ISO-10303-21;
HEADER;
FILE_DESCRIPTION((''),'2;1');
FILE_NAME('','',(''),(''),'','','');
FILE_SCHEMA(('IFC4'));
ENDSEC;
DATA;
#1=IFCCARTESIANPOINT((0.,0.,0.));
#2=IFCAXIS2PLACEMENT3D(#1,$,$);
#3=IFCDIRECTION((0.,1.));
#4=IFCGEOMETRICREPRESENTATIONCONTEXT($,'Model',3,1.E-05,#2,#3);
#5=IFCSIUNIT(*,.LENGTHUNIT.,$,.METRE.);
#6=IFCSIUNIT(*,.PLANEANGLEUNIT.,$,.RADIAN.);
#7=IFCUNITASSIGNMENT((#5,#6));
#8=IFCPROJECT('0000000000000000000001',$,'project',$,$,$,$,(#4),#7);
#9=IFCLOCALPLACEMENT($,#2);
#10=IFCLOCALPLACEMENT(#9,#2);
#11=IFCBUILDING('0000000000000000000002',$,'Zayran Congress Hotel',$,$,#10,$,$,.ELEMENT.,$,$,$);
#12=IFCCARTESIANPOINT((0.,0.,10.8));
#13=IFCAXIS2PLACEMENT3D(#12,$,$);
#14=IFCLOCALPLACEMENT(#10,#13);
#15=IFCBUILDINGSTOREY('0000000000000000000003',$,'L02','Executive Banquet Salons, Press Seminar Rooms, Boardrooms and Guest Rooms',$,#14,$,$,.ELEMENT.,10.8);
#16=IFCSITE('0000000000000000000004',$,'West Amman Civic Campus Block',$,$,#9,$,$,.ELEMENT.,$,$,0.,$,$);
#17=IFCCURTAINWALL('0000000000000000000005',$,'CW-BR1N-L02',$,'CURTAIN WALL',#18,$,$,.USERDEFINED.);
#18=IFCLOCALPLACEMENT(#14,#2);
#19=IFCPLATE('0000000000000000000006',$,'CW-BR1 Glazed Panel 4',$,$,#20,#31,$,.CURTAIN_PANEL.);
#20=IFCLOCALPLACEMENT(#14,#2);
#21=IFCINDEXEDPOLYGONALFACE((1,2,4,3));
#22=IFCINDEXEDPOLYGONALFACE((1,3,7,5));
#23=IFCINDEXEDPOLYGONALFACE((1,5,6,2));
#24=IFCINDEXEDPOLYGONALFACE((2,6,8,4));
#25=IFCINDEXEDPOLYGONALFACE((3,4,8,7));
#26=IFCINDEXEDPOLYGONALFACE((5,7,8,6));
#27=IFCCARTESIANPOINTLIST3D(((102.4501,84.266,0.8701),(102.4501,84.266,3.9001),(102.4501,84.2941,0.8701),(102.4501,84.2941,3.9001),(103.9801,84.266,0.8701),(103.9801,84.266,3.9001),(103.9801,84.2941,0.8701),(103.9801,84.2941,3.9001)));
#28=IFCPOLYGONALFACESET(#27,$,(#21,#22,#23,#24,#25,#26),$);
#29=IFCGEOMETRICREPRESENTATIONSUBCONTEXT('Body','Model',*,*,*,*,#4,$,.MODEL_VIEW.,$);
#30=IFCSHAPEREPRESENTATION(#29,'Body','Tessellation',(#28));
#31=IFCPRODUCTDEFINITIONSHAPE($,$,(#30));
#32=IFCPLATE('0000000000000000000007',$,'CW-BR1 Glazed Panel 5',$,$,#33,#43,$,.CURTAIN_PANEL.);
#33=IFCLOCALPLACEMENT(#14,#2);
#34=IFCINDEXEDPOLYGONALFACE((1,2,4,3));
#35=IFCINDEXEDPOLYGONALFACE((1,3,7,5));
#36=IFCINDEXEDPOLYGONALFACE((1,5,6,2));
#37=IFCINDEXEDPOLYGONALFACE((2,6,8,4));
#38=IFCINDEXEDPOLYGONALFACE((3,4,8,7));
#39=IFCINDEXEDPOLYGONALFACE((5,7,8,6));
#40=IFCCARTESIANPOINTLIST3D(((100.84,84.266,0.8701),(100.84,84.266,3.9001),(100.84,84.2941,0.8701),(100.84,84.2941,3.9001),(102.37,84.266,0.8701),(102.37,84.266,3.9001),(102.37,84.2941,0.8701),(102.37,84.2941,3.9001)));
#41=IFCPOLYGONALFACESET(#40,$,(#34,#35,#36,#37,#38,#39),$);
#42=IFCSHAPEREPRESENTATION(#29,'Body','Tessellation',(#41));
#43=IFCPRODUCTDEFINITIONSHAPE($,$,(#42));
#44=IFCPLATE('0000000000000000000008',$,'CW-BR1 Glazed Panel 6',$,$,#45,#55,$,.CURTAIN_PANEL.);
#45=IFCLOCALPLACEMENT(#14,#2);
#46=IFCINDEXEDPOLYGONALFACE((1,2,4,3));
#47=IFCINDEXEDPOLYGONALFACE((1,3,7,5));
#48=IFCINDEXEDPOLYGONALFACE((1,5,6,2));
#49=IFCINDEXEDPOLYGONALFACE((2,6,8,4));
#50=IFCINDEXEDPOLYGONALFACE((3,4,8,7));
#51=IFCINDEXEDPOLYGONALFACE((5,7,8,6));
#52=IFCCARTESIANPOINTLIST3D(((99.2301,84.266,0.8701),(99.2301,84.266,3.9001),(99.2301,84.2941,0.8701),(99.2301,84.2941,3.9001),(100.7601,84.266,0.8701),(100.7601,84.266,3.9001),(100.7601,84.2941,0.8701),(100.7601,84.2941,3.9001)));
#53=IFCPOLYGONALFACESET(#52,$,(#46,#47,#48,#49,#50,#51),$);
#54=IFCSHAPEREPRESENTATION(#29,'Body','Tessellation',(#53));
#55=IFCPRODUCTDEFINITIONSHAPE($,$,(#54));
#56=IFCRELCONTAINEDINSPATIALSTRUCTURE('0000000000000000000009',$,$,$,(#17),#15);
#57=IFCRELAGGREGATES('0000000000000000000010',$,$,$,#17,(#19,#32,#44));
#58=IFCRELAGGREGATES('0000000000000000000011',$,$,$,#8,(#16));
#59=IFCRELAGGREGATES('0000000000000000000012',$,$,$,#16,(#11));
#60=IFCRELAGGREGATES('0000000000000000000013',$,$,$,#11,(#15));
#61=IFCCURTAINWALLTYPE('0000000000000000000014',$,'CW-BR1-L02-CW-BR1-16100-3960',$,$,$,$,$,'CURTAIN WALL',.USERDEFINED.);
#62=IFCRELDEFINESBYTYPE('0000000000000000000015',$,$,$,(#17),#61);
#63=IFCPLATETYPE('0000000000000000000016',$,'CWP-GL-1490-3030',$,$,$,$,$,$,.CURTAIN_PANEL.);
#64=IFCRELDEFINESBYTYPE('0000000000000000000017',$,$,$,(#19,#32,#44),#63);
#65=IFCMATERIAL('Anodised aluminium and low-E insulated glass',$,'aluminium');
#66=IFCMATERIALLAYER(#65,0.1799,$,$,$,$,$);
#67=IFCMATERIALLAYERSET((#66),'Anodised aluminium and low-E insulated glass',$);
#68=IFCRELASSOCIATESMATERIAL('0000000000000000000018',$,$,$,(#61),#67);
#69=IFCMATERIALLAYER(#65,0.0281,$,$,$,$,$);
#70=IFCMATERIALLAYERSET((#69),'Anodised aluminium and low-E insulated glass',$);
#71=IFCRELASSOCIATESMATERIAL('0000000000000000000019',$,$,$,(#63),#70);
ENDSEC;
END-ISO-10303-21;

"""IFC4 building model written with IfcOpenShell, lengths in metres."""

from ifc_helpers import new_model, si_unit, direction, frame, origin, origin_2d, place, context, subcontext, project, spatial, rectangle, extrude, material, layer, layer_set, type_object, element, aggregate, save


model = new_model("IFC4")

# Units and contexts
model_context = context("Model", 3, precision=1e-05, world=origin(), true_north=direction((0.0, 1.0)))
body_context = subcontext(model_context, "Body", "Model", "MODEL_VIEW")
ifc_project = project(units=[si_unit("LENGTHUNIT", "METRE"), si_unit("PLANEANGLEUNIT", "RADIAN")], contexts=[model_context])

# Site, building, storey
site_placement = place(None, origin())
site = spatial("IfcSite", under=ifc_project, at=site_placement, Name="West Amman Civic Campus Block", CompositionType="ELEMENT", RefElevation=0.0)
building_placement = place(site_placement, origin())
building = spatial("IfcBuilding", under=site, at=building_placement, Name="Zayran Congress Hotel", CompositionType="ELEMENT")
storey_placement = place(building_placement, frame((0.0, 0.0, 10.8)))
storey = spatial("IfcBuildingStorey", under=building, at=storey_placement, Name="L02", Description="Executive Banquet Salons, Press Seminar Rooms, Boardrooms and Guest Rooms", CompositionType="ELEMENT", Elevation=10.8)

# Shared definitions
ifc_material_1 = material(Name="Anodised aluminium and low-E insulated glass", Category="aluminium")
ifc_layer_1 = layer(ifc_material_1, 0.1799)
ifc_layer_set_1 = layer_set([ifc_layer_1], Name="Anodised aluminium and low-E insulated glass")
curtain_wall_type = type_object("IfcCurtainWallType", Name="CW-BR1-L02-CW-BR1-16100-3960", ElementType="CURTAIN WALL", PredefinedType="USERDEFINED", material=ifc_layer_set_1)

# Curtain wall
curtain_wall_1_placement = place(storey_placement, origin())
curtain_wall_1 = element("IfcCurtainWall", 1, at=curtain_wall_1_placement, inside=storey, type_object=curtain_wall_type, Name="CW-BR1N-L02", ObjectType="CURTAIN WALL", PredefinedType="USERDEFINED")

# Plates
ifc_layer_2 = layer(ifc_material_1, 0.0281)
ifc_layer_set_2 = layer_set([ifc_layer_2], Name="Anodised aluminium and low-E insulated glass")
plate_type_1 = type_object("IfcPlateType", Name="CWP-GL-1490-3030", PredefinedType="CURTAIN_PANEL", material=ifc_layer_set_2)
plate_1_placement = place(storey_placement, frame((103.2151, 84.28, 0.8701), z_axis=(0.0, 0.0, 1.0), x_axis=(1.0, 0.0, 0.0)))
plate_1 = element("IfcPlate", 2, at=plate_1_placement, type_object=plate_type_1, Name="CW-BR1 Glazed Panel 4", PredefinedType="CURTAIN_PANEL", context=body_context, shape_type="SweptSolid", body=[
    extrude(rectangle(XDim=1.53, YDim=0.0281, at=origin_2d()), origin(), (0.0, 0.0, 1.0), 3.03),
])
plate_2_placement = place(storey_placement, frame((101.605, 84.28, 0.8701), z_axis=(0.0, 0.0, 1.0), x_axis=(1.0, 0.0, 0.0)))
plate_2 = element("IfcPlate", 3, at=plate_2_placement, type_object=plate_type_1, Name="CW-BR1 Glazed Panel 5", PredefinedType="CURTAIN_PANEL", context=body_context, shape_type="SweptSolid", body=[
    extrude(rectangle(XDim=1.53, YDim=0.0281, at=origin_2d()), origin(), (0.0, 0.0, 1.0), 3.03),
])
plate_3_placement = place(storey_placement, frame((99.9951, 84.28, 0.8701), z_axis=(0.0, 0.0, 1.0), x_axis=(1.0, 0.0, 0.0)))
plate_3 = element("IfcPlate", 4, at=plate_3_placement, type_object=plate_type_1, Name="CW-BR1 Glazed Panel 6", PredefinedType="CURTAIN_PANEL", context=body_context, shape_type="SweptSolid", body=[
    extrude(rectangle(XDim=1.53, YDim=0.0281, at=origin_2d()), origin(), (0.0, 0.0, 1.0), 3.03),
])
aggregate(curtain_wall_1, [plate_1, plate_2, plate_3])

save(model, "model.ifc")
